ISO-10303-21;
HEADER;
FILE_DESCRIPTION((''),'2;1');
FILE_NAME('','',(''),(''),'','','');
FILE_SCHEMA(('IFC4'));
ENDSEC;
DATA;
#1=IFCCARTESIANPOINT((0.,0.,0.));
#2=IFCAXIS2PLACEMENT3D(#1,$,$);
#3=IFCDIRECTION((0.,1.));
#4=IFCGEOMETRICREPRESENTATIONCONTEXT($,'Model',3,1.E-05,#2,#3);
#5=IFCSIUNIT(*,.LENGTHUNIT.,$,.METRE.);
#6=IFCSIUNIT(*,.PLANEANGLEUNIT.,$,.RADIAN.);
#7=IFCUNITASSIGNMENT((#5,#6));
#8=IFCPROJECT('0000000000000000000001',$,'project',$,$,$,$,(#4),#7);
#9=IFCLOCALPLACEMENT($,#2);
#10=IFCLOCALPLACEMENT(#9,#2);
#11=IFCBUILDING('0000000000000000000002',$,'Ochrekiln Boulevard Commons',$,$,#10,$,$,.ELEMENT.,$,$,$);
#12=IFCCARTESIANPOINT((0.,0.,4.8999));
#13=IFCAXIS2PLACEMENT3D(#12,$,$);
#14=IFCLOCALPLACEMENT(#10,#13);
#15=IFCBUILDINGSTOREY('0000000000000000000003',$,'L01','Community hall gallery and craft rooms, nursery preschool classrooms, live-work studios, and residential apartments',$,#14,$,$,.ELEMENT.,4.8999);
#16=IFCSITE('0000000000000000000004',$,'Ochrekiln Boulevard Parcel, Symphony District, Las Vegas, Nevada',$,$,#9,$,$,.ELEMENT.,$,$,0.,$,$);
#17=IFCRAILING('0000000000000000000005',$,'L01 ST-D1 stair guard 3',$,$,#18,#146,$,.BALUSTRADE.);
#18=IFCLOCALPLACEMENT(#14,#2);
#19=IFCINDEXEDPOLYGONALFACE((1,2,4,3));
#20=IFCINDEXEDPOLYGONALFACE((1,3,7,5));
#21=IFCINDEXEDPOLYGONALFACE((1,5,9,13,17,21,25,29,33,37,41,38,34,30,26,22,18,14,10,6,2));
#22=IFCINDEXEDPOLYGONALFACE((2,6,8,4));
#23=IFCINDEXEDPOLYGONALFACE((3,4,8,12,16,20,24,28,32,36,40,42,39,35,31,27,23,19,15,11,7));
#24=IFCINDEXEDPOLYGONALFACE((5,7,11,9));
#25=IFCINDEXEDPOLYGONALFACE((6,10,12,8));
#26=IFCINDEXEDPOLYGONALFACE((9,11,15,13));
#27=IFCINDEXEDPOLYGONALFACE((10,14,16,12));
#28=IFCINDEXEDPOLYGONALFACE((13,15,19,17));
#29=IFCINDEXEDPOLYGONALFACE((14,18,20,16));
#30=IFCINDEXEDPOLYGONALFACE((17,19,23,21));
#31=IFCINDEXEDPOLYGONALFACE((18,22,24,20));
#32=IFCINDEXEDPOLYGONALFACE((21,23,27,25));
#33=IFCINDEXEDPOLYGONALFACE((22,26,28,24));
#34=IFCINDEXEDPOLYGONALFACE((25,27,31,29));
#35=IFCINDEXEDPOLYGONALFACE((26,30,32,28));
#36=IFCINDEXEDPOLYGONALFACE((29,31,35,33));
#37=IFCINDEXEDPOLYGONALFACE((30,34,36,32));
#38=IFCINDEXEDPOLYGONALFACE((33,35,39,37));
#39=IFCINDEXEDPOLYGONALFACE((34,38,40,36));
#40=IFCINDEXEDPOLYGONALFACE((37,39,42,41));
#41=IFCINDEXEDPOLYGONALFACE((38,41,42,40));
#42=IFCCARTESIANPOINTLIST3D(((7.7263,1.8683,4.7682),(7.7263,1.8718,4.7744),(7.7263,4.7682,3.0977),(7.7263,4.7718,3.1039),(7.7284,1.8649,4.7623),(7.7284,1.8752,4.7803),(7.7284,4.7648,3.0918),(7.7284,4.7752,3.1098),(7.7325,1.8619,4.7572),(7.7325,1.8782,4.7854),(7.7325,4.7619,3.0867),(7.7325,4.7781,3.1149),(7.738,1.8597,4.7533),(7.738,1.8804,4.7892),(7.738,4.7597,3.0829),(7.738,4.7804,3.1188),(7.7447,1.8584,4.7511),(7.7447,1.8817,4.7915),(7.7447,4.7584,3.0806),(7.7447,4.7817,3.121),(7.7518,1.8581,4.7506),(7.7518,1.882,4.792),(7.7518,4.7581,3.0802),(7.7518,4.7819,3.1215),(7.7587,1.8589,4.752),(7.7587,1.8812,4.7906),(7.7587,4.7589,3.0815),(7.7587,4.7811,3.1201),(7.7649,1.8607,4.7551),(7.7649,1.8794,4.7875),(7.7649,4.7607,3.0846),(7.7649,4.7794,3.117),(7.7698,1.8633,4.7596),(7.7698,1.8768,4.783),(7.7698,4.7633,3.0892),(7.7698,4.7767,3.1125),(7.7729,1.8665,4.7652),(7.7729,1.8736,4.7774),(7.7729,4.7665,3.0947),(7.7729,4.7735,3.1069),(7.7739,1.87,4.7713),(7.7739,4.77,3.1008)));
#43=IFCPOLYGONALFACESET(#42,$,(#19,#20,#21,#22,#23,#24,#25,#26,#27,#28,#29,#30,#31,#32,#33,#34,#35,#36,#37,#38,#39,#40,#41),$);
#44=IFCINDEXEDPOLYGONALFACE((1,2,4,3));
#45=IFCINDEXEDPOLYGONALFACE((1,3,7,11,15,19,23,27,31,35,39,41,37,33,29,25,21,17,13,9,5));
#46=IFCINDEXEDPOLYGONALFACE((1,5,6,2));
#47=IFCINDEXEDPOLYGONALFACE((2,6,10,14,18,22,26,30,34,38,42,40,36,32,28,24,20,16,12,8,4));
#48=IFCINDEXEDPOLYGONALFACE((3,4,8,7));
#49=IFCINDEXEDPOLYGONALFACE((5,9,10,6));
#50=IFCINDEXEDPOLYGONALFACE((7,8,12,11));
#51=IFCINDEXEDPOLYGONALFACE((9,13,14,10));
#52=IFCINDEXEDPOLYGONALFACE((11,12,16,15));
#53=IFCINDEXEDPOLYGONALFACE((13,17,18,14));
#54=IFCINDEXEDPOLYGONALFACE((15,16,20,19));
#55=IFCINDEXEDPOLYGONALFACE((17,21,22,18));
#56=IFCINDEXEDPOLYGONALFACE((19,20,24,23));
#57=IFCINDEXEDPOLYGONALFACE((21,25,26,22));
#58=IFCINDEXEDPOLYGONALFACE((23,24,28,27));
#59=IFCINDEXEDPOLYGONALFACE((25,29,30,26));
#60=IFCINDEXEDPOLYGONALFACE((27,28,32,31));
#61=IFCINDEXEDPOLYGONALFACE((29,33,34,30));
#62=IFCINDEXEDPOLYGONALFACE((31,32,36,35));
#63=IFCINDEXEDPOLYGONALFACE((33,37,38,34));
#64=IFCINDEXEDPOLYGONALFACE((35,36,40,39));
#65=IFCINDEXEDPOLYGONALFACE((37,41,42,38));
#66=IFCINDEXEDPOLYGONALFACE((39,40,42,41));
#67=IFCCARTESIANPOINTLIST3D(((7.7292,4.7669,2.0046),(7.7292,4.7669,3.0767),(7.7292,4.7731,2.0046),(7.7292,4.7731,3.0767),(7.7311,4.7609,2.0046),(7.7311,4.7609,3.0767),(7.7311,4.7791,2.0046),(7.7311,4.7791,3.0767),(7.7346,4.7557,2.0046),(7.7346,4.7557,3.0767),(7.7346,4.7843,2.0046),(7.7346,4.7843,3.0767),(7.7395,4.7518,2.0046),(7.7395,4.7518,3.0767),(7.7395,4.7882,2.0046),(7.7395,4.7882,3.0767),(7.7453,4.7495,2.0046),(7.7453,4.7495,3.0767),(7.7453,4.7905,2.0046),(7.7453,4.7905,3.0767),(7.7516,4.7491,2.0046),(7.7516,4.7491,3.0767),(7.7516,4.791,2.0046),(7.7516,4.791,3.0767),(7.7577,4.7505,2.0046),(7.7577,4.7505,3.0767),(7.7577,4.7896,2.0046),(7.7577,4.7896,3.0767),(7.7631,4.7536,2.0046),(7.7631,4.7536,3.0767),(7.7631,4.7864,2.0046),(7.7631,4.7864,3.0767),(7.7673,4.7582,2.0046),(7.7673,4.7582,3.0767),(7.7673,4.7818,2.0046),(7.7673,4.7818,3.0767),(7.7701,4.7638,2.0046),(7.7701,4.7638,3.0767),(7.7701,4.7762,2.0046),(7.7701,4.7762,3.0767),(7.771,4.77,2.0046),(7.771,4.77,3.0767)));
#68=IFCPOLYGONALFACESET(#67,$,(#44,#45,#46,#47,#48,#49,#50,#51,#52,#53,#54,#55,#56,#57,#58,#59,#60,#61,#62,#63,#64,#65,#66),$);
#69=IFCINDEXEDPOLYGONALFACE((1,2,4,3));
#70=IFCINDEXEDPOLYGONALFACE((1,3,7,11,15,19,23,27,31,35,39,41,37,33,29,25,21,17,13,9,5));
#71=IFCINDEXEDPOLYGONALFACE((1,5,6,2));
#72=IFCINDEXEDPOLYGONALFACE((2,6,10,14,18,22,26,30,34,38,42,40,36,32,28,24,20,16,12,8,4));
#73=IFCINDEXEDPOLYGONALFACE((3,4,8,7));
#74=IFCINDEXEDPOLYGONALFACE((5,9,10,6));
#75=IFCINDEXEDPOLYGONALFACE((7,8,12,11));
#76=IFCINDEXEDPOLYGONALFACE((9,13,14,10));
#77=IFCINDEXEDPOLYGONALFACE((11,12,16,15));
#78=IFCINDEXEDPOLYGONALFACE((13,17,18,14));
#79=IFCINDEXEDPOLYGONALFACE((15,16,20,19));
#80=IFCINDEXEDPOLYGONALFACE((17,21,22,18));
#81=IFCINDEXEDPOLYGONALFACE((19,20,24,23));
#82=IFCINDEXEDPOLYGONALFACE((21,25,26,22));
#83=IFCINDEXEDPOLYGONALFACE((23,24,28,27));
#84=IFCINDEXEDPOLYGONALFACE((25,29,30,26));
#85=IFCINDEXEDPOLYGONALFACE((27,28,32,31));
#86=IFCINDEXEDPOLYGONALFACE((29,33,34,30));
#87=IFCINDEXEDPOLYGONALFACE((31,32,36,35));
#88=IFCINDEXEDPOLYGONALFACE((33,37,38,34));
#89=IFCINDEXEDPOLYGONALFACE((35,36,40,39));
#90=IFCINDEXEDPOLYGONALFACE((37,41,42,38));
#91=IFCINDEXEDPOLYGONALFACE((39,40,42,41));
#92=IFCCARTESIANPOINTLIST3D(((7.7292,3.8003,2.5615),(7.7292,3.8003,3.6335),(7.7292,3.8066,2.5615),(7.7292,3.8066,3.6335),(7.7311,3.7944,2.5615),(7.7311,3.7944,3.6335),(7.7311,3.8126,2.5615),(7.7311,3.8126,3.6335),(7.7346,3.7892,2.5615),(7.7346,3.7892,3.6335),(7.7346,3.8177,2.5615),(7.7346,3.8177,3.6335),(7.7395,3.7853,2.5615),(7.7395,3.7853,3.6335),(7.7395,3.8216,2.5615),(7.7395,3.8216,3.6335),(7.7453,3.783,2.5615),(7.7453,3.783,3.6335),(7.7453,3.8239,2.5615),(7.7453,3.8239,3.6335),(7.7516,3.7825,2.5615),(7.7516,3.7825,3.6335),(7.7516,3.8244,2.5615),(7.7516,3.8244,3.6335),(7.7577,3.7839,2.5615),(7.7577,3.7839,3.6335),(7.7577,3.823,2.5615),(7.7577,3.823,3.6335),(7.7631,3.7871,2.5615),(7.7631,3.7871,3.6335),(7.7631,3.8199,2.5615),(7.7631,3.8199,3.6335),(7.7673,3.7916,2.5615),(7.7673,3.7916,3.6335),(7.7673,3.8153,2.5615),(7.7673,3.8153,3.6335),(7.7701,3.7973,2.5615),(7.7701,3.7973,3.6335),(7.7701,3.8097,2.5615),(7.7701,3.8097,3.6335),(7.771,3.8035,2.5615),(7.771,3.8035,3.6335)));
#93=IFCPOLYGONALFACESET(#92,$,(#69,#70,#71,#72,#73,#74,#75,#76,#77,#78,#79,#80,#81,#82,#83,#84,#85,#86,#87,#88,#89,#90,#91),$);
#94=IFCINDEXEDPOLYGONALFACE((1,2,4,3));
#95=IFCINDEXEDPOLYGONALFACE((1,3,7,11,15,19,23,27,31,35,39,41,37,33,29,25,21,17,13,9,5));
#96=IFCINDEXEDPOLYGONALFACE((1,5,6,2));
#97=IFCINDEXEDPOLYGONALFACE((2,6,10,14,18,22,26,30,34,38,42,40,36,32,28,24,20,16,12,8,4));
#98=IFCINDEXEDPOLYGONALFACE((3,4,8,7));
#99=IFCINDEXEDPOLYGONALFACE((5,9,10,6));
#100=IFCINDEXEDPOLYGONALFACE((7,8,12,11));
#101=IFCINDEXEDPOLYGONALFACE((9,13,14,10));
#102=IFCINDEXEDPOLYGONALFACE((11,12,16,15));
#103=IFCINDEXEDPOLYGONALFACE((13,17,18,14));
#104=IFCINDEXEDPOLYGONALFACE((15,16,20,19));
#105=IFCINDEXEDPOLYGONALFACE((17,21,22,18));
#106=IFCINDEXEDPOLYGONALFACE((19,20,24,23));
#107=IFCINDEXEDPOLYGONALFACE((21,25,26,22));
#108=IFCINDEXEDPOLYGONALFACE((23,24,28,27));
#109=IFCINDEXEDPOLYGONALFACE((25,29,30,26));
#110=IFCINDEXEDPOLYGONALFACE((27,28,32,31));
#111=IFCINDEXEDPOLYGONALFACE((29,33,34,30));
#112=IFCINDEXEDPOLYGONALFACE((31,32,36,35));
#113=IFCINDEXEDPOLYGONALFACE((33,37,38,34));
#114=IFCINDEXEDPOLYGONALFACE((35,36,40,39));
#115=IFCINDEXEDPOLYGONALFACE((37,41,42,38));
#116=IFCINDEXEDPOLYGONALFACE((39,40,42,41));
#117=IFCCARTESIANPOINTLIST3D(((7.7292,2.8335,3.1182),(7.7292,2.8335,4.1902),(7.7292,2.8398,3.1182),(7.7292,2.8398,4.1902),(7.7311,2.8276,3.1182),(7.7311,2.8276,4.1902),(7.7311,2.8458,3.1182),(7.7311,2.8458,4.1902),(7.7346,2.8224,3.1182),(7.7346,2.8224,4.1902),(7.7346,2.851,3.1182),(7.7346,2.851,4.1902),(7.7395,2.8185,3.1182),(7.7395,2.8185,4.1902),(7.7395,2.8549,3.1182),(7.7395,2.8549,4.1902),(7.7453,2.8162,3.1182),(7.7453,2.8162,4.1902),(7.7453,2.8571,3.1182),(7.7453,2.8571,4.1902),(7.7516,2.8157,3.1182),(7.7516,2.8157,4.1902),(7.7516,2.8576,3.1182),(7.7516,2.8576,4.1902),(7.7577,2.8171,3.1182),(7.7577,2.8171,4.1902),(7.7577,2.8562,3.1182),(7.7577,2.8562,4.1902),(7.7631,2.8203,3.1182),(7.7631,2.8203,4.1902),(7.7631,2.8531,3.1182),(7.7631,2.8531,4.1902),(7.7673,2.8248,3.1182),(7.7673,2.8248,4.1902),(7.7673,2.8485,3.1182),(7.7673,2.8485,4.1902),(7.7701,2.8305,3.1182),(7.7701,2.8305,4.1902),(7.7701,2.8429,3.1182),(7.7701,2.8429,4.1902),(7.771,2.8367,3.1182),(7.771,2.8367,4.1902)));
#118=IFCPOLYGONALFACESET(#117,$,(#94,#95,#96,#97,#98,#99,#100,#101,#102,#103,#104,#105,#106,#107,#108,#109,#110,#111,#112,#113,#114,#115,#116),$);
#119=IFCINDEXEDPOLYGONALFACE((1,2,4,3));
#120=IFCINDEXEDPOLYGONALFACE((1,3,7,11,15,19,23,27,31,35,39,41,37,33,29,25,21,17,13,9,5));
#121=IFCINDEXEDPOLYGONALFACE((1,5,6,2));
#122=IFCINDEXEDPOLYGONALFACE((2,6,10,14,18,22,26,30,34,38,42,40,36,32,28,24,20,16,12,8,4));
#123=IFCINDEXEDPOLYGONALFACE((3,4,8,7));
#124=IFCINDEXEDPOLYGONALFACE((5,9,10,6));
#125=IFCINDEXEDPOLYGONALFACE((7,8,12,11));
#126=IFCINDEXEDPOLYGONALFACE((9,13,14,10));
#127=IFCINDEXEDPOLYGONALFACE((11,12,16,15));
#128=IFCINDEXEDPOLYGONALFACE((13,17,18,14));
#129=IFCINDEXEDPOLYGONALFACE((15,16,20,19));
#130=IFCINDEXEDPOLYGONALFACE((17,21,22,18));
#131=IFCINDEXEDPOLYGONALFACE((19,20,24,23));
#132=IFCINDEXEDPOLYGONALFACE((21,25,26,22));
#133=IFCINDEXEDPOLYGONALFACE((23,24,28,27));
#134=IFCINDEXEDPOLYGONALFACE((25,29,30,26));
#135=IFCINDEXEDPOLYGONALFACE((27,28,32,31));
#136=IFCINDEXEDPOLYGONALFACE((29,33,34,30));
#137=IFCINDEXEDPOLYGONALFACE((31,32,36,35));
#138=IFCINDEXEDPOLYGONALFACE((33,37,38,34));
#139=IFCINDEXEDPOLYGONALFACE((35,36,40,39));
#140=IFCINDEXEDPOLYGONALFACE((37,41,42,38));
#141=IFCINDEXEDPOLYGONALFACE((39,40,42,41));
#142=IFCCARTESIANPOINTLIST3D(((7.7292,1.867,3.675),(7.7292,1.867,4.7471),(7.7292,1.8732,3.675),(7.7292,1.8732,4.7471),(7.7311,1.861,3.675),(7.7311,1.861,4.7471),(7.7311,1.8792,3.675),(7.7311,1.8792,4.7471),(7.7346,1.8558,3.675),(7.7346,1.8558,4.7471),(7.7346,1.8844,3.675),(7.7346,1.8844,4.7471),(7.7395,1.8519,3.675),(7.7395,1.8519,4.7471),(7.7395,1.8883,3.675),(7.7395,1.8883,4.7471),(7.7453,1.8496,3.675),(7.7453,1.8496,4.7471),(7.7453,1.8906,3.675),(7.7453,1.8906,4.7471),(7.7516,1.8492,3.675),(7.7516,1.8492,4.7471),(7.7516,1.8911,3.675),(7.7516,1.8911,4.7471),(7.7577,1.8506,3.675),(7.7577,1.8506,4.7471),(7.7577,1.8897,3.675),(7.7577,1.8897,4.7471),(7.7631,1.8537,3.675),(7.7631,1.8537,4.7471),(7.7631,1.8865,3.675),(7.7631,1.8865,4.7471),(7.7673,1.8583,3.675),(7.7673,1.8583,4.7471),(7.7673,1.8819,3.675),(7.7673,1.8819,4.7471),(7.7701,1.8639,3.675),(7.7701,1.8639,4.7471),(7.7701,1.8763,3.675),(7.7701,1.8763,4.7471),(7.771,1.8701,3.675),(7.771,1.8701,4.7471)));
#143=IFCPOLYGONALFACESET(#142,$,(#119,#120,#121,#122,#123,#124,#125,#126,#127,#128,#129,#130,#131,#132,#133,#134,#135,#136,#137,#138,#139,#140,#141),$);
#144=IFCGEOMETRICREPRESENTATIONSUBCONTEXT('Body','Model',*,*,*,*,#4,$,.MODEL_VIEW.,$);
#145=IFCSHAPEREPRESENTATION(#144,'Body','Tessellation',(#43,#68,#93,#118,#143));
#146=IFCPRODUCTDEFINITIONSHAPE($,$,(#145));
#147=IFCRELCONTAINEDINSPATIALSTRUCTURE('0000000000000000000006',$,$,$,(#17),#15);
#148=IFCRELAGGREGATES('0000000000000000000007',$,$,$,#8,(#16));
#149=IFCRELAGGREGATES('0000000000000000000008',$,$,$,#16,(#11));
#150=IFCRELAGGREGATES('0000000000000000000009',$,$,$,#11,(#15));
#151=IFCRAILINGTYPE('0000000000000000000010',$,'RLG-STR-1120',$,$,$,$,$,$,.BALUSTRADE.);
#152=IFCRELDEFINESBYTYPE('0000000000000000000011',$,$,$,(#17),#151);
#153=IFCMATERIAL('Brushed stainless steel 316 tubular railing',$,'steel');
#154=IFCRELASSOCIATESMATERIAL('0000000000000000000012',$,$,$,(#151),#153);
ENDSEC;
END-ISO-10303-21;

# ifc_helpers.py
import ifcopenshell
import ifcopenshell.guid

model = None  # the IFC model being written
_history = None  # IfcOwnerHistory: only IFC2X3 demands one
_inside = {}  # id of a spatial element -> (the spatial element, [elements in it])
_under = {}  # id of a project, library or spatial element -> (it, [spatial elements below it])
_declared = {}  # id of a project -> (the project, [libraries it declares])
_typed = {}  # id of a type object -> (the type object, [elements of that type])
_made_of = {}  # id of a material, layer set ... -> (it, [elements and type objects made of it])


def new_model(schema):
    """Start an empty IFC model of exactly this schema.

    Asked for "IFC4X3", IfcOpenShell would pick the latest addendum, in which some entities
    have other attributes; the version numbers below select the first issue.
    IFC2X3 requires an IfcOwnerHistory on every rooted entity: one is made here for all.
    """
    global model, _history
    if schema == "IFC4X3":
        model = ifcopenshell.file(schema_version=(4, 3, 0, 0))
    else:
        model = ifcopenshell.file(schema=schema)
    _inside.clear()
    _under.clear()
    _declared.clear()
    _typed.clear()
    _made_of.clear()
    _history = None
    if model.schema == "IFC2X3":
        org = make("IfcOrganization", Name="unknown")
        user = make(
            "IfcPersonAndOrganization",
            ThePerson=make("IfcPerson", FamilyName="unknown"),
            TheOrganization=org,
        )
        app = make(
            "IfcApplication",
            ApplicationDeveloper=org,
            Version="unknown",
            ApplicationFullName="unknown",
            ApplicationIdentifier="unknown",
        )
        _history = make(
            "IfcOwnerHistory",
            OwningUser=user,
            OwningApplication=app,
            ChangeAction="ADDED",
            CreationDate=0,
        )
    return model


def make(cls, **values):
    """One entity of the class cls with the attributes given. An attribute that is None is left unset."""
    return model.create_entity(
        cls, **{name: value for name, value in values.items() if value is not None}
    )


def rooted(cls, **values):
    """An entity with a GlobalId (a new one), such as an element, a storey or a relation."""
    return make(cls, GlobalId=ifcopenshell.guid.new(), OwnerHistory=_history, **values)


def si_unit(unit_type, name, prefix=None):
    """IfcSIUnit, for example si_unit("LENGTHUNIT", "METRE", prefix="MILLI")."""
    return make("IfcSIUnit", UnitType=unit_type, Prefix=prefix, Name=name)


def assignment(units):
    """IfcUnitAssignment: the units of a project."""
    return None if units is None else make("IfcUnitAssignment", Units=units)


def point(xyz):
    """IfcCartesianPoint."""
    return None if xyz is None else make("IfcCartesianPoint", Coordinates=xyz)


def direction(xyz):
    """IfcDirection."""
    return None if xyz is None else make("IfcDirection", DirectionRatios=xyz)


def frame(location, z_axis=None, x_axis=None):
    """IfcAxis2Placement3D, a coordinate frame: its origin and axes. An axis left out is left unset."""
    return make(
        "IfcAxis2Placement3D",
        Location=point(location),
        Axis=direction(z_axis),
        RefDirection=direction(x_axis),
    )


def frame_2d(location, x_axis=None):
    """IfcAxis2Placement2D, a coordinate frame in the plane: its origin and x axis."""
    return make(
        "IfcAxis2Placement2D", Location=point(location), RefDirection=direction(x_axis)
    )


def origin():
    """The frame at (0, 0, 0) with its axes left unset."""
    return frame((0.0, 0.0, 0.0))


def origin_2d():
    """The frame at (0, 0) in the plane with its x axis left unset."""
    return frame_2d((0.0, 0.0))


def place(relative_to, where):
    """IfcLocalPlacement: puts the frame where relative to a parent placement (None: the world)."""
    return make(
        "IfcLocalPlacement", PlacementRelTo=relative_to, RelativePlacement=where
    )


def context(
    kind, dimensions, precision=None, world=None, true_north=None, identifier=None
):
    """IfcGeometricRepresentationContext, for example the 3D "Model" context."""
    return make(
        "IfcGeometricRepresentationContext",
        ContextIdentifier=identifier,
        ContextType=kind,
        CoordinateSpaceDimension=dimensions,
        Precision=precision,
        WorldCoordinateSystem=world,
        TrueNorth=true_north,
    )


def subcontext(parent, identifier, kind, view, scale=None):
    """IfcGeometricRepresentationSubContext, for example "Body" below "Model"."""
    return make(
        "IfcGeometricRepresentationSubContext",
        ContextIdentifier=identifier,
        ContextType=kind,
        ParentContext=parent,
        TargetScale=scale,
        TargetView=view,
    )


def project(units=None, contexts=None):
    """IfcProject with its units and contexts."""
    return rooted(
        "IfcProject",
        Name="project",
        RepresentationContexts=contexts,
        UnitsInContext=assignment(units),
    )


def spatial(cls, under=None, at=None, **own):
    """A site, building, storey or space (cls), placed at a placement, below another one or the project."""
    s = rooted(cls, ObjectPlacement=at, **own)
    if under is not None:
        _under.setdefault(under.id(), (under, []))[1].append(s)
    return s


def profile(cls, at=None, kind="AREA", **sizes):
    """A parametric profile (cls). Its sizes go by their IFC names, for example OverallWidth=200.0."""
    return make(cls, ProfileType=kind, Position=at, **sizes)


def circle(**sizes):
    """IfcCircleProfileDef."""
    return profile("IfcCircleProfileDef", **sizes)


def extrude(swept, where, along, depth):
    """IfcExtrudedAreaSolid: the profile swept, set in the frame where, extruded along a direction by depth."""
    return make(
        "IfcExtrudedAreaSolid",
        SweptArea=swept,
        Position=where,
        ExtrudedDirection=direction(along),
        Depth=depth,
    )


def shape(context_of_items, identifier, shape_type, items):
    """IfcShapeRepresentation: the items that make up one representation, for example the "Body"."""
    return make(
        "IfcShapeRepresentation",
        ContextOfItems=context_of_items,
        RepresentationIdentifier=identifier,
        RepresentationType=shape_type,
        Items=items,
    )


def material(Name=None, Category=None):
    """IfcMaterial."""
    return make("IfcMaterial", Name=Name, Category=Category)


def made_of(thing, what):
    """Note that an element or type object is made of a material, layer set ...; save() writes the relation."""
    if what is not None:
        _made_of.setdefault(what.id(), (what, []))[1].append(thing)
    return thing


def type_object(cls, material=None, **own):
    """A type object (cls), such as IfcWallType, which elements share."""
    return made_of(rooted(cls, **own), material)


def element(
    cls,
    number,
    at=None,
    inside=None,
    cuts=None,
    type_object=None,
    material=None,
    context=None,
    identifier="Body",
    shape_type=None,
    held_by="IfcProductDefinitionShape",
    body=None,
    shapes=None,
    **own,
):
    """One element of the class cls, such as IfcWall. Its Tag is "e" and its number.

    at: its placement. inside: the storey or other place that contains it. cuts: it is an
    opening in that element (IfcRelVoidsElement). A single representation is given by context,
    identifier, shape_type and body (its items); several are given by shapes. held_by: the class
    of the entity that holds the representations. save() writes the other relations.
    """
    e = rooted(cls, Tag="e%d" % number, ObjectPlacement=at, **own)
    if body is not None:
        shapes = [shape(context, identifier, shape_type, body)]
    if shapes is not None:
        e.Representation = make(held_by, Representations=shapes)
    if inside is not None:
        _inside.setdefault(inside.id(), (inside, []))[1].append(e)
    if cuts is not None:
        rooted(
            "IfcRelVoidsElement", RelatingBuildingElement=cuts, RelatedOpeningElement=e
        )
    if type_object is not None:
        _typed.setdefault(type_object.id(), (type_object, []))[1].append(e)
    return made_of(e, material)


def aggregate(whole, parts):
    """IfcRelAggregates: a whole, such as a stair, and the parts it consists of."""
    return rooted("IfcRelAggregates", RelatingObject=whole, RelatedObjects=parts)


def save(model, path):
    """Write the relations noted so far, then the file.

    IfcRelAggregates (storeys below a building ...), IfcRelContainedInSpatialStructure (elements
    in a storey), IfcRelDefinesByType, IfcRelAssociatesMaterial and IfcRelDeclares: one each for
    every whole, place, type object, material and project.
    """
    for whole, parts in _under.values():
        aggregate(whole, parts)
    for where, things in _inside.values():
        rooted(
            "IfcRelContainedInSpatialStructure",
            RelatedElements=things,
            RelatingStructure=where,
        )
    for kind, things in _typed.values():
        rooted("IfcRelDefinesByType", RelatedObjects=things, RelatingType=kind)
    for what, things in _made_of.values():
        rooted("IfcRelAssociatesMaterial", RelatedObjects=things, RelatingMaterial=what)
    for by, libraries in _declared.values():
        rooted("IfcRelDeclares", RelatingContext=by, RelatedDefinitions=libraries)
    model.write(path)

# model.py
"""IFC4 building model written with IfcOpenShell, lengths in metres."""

from ifc_helpers import new_model, si_unit, direction, frame, origin, origin_2d, place, context, subcontext, project, spatial, circle, extrude, material, type_object, element, save


model = new_model("IFC4")

# Units and contexts
model_context = context("Model", 3, precision=1e-05, world=origin(), true_north=direction((0.0, 1.0)))
body_context = subcontext(model_context, "Body", "Model", "MODEL_VIEW")
ifc_project = project(units=[si_unit("LENGTHUNIT", "METRE"), si_unit("PLANEANGLEUNIT", "RADIAN")], contexts=[model_context])

# Site, building, storey
site_placement = place(None, origin())
site = spatial("IfcSite", under=ifc_project, at=site_placement, Name="Ochrekiln Boulevard Parcel, Symphony District, Las Vegas, Nevada", CompositionType="ELEMENT", RefElevation=0.0)
building_placement = place(site_placement, origin())
building = spatial("IfcBuilding", under=site, at=building_placement, Name="Ochrekiln Boulevard Commons", CompositionType="ELEMENT")
storey_placement = place(building_placement, frame((0.0, 0.0, 4.8999)))
storey = spatial("IfcBuildingStorey", under=building, at=storey_placement, Name="L01", Description="Community hall gallery and craft rooms, nursery preschool classrooms, live-work studios, and residential apartments", CompositionType="ELEMENT", Elevation=4.8999)

# Railing
ifc_material_1 = material(Name="Brushed stainless steel 316 tubular railing", Category="steel")
railing_type_1 = type_object("IfcRailingType", Name="RLG-STR-1120", PredefinedType="BALUSTRADE", material=ifc_material_1)
railing_1_placement = place(storey_placement, frame((7.75, 4.77, 2.0046)))
element("IfcRailing", 1, at=railing_1_placement, inside=storey, type_object=railing_type_1, Name="L01 ST-D1 stair guard 3", PredefinedType="BALUSTRADE", context=body_context, shape_type="SweptSolid", body=[
    extrude(circle(Radius=0.0239, at=origin_2d()), frame((0.0, 0.0, 1.0962), z_axis=(0.0, -0.866523, 0.499137), x_axis=(1.0, 0.0, 0.0)), (0.0, 0.0, 1.0), 3.3467),
    extrude(circle(Radius=0.021, at=origin_2d()), origin(), (0.0, 0.0, 1.0), 1.072),
    extrude(circle(Radius=0.021, at=origin_2d()), frame((0.0, -0.9666, 0.5569)), (0.0, 0.0, 1.0), 1.072),
    extrude(circle(Radius=0.021, at=origin_2d()), frame((0.0, -1.9333, 1.1135)), (0.0, 0.0, 1.0), 1.072),
    extrude(circle(Radius=0.021, at=origin_2d()), frame((0.0, -2.8999, 1.6704)), (0.0, 0.0, 1.0), 1.072),
])

save(model, "model.ifc")
